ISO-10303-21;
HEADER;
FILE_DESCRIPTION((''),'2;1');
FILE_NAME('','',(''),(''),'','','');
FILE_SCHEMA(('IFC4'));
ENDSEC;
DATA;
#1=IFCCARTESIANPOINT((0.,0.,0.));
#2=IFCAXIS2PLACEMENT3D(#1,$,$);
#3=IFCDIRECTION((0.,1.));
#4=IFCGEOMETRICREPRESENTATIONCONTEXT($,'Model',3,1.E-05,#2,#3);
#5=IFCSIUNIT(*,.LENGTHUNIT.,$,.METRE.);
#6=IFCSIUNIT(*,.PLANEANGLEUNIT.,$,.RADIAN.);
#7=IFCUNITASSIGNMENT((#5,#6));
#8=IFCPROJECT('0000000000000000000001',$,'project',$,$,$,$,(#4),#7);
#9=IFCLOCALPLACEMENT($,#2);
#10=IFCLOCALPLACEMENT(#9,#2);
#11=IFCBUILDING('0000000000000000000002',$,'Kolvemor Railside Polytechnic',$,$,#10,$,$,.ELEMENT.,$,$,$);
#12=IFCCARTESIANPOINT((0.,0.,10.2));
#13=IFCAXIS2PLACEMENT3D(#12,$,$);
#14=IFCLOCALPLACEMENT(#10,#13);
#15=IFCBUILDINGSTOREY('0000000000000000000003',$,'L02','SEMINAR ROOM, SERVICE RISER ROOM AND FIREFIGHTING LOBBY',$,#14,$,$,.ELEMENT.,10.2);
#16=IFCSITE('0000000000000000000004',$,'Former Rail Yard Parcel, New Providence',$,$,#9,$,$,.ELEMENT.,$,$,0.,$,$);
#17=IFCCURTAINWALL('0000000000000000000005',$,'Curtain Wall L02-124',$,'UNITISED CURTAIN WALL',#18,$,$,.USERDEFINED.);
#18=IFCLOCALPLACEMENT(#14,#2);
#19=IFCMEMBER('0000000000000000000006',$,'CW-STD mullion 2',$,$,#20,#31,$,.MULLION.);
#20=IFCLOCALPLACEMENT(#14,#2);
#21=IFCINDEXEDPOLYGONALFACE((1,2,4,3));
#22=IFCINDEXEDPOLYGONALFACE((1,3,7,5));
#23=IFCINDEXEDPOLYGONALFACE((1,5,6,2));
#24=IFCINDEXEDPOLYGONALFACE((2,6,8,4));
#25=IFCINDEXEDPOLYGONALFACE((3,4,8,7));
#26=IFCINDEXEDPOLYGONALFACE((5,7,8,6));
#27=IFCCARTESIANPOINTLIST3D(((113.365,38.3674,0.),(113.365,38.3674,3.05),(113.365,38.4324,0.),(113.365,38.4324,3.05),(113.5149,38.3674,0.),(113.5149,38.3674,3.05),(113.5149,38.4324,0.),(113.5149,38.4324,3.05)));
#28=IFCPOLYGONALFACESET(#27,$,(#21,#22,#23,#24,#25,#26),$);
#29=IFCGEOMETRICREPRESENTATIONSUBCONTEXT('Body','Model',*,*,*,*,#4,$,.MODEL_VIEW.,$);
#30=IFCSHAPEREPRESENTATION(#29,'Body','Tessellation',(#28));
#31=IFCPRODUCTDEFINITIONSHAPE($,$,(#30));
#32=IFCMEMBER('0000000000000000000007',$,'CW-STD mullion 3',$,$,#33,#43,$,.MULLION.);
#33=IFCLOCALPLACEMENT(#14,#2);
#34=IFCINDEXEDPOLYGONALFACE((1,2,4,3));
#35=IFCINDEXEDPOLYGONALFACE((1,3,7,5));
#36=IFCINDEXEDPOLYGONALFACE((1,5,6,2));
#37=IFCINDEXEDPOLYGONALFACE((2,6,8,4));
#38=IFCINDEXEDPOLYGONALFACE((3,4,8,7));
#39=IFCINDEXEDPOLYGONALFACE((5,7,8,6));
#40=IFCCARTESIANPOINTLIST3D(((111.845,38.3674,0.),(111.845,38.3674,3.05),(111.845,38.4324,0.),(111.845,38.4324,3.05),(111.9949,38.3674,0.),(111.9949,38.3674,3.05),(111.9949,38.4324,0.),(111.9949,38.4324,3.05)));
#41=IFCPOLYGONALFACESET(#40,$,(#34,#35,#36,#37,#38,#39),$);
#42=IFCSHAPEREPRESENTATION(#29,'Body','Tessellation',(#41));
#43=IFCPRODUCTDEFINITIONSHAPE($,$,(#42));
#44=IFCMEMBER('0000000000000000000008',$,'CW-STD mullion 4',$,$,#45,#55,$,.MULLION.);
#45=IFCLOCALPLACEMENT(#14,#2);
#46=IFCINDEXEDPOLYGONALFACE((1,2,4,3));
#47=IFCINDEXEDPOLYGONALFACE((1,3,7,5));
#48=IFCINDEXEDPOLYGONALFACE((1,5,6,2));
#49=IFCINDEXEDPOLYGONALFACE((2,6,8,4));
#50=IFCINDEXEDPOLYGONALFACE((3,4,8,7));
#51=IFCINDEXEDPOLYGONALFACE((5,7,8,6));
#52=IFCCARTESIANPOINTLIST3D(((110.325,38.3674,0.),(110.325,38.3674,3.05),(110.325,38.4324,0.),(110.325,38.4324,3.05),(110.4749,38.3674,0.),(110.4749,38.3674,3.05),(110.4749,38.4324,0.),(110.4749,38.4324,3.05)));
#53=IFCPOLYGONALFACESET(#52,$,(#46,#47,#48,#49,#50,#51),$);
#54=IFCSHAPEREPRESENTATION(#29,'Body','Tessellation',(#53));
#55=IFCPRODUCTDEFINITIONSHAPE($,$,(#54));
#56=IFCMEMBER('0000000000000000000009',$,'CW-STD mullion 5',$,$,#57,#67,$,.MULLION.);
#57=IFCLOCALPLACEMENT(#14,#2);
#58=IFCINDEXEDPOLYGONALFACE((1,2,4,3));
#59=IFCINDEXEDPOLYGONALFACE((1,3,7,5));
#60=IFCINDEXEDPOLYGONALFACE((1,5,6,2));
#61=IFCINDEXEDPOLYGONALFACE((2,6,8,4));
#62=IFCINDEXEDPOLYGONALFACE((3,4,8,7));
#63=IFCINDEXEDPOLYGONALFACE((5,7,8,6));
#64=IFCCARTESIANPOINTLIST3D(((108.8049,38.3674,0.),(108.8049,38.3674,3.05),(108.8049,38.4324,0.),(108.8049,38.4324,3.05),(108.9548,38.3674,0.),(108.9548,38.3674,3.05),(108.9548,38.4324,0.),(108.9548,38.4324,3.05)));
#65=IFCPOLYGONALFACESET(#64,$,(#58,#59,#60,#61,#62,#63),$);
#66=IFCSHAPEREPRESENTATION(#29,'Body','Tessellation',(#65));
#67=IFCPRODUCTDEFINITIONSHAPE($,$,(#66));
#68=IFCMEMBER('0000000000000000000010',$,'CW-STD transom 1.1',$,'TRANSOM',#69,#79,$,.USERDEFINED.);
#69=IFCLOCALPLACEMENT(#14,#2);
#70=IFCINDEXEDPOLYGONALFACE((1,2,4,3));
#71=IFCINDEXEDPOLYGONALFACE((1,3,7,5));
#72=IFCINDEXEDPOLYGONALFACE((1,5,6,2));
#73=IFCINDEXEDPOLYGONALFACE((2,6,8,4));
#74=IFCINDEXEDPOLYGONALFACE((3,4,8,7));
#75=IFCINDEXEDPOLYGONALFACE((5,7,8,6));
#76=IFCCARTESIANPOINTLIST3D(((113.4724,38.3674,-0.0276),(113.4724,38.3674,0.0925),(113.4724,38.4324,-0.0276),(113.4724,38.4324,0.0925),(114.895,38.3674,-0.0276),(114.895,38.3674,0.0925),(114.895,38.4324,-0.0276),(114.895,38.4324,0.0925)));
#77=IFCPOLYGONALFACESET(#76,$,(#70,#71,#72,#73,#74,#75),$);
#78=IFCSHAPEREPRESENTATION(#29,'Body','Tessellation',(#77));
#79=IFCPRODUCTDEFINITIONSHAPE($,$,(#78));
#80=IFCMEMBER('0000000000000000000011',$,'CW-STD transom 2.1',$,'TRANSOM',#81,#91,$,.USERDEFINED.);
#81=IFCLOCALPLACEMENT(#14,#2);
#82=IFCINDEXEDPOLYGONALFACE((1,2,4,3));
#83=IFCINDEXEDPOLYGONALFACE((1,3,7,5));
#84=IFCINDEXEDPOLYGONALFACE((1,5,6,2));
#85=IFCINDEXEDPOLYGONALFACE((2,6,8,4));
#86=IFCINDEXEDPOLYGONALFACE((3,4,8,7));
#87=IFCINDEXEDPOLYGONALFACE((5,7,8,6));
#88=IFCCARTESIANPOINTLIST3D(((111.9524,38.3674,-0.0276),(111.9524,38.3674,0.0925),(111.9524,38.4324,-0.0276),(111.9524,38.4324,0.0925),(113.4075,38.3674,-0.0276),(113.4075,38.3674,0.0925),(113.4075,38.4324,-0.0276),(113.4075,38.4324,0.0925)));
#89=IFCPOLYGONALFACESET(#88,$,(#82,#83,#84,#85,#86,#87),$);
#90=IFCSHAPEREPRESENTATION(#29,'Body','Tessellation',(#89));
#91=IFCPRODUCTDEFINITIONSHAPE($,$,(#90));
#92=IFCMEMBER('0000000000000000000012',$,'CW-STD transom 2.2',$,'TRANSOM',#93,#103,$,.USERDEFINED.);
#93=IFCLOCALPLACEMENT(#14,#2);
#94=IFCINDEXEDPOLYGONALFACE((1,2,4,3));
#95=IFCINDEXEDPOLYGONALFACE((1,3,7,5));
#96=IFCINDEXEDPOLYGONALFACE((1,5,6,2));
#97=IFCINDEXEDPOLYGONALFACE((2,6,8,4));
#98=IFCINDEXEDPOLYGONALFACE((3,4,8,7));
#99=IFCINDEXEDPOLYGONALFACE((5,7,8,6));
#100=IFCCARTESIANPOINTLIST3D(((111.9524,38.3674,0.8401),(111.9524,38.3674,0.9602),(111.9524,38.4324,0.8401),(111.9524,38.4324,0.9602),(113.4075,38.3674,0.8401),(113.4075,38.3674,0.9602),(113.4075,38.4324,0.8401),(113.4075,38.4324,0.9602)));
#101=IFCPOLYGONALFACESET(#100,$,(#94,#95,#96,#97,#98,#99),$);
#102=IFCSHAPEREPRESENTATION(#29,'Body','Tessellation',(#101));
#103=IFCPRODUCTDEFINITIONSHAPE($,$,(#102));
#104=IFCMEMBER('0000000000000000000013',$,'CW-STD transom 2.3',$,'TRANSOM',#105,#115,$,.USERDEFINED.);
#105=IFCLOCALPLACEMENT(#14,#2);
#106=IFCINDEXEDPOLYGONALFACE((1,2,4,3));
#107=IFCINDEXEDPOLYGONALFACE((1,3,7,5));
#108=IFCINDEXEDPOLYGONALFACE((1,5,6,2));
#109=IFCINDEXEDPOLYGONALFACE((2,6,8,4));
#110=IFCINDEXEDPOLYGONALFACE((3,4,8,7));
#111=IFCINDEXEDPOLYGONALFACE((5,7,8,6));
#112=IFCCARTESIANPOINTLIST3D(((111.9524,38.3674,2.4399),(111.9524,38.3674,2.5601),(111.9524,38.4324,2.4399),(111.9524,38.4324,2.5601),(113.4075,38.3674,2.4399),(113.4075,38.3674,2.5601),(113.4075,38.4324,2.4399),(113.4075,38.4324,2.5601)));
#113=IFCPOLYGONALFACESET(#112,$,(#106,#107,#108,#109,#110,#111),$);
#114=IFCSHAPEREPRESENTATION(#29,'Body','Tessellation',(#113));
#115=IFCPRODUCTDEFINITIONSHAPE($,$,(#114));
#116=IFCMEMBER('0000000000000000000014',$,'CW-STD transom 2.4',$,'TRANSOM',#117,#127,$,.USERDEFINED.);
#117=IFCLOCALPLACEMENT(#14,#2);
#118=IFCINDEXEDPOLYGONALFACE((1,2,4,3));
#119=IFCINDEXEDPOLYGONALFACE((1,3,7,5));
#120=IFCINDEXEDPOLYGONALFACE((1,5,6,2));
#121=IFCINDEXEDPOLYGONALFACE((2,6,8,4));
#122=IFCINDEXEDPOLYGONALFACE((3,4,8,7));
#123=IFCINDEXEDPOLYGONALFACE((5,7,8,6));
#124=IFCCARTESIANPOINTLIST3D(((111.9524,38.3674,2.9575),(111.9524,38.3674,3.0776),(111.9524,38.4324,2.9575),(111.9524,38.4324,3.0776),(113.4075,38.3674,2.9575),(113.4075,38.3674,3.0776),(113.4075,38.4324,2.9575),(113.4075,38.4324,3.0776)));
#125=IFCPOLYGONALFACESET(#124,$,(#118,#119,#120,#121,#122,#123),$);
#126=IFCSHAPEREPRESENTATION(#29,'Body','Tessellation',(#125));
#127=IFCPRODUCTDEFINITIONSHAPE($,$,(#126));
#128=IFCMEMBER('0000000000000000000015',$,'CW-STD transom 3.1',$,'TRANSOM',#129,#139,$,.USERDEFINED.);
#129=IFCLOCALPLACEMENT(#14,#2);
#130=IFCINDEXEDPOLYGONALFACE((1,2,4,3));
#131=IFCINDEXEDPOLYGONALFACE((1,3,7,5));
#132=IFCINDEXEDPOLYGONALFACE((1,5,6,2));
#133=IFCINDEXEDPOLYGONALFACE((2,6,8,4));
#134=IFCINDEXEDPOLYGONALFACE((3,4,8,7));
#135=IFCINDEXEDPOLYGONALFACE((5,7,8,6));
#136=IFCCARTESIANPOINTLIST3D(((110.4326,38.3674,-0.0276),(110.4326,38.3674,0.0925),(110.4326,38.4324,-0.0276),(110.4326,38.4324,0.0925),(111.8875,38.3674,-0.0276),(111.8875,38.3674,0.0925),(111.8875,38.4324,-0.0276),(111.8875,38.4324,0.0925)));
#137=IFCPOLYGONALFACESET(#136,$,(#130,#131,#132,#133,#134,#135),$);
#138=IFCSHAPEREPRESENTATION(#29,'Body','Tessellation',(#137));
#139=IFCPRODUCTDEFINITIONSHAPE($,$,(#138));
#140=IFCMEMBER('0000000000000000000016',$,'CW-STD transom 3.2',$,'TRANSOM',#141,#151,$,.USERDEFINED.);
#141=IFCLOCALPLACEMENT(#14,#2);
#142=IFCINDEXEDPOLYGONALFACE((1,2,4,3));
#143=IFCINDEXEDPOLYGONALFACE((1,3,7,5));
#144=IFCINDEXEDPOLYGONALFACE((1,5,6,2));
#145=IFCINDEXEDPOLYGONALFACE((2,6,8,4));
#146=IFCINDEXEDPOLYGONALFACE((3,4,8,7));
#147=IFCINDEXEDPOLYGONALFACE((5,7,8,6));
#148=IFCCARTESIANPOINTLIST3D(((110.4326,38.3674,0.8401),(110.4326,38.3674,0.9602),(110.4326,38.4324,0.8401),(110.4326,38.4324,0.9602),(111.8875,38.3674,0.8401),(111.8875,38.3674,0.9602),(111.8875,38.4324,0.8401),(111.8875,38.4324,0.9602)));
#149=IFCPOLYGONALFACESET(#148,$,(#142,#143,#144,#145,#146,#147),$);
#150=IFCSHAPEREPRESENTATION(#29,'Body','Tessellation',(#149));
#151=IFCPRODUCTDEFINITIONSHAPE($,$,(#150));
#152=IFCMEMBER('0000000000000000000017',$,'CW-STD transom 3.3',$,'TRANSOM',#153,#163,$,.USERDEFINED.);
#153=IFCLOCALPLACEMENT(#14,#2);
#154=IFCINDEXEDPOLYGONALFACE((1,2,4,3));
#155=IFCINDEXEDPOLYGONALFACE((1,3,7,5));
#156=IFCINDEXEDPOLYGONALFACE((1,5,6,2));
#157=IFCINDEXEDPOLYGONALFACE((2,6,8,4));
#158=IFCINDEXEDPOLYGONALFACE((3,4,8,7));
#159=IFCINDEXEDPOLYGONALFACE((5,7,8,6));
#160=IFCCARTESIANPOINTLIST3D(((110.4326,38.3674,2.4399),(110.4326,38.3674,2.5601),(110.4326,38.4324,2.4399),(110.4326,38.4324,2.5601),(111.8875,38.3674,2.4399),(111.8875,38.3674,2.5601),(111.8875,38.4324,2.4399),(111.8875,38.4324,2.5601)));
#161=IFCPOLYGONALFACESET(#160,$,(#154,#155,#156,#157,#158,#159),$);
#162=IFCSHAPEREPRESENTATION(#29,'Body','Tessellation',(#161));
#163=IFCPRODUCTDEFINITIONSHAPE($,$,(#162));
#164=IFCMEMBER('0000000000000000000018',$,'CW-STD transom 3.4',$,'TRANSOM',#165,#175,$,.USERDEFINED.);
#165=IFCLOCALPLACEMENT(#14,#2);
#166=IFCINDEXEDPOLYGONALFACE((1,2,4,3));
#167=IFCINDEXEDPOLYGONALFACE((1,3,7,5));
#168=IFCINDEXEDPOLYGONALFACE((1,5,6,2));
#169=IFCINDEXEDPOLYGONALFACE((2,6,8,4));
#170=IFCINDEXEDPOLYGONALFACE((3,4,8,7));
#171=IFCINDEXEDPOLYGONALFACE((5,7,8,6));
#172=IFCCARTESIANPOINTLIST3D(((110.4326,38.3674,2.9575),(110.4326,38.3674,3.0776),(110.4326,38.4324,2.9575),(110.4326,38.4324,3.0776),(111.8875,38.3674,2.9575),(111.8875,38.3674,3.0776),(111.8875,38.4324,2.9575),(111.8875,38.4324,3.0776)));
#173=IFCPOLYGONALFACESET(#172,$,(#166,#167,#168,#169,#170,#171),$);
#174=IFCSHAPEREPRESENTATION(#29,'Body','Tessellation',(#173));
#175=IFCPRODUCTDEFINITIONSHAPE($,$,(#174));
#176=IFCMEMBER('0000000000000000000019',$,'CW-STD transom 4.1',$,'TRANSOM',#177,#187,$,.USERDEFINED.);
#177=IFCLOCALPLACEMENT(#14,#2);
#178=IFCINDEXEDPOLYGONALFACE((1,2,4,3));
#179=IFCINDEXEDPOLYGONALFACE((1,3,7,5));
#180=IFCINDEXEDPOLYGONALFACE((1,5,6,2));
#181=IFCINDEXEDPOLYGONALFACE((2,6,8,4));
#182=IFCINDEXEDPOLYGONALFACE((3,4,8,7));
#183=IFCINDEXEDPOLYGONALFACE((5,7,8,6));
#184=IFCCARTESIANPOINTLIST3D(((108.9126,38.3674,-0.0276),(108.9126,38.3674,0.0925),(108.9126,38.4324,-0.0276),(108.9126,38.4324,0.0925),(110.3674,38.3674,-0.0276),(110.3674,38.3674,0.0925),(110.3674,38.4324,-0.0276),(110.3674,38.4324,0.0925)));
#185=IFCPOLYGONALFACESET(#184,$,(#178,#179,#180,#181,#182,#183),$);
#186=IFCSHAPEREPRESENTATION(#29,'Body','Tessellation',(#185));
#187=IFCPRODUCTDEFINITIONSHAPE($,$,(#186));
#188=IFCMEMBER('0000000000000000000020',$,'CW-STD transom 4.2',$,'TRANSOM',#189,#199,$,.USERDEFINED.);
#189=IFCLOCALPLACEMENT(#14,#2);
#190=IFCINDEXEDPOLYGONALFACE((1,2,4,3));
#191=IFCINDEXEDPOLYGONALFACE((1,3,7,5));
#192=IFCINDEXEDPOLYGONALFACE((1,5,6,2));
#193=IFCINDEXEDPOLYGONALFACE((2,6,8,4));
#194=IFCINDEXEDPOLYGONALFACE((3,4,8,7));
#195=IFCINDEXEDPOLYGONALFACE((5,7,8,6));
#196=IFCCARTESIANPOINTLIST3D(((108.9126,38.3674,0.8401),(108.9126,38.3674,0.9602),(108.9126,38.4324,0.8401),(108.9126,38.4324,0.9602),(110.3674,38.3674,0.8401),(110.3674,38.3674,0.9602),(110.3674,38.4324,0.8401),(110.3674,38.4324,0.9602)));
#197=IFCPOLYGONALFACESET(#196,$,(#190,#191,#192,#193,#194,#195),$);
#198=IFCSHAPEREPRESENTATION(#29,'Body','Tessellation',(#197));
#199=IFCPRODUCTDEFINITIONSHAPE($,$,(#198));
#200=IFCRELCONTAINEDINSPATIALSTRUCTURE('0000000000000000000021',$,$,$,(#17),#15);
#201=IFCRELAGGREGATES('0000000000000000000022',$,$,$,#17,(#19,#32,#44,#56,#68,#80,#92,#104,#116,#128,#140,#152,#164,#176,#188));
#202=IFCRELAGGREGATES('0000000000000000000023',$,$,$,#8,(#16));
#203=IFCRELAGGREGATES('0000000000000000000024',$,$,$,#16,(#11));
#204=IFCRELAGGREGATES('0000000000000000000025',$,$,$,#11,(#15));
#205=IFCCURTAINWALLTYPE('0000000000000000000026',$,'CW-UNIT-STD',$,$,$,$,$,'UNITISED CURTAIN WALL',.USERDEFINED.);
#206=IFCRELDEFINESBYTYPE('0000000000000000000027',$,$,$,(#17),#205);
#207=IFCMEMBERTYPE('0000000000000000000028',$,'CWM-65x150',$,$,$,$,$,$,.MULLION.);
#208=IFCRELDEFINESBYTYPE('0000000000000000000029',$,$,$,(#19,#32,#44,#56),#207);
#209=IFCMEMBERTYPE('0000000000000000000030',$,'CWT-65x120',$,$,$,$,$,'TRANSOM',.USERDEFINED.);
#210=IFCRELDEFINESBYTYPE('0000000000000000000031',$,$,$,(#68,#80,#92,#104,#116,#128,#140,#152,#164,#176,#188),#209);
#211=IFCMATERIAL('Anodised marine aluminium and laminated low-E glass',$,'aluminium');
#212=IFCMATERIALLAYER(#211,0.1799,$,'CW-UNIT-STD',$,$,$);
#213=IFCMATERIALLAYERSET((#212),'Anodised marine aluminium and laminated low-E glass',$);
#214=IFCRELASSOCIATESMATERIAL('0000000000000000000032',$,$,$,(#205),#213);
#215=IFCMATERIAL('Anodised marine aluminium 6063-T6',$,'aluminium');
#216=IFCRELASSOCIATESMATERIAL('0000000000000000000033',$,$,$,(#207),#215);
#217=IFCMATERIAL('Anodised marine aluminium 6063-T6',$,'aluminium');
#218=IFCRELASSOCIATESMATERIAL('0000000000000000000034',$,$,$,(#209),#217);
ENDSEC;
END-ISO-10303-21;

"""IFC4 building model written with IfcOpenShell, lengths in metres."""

from ifc_helpers import new_model, si_unit, direction, frame, origin, origin_2d, place, context, subcontext, project, spatial, rectangle, extrude, material, layer, layer_set, material_profile, profile_set, type_object, element, aggregate, save


model = new_model("IFC4")

# Units and contexts
model_context = context("Model", 3, precision=1e-05, world=origin(), true_north=direction((0.0, 1.0)))
body_context = subcontext(model_context, "Body", "Model", "MODEL_VIEW")
ifc_project = project(units=[si_unit("LENGTHUNIT", "METRE"), si_unit("PLANEANGLEUNIT", "RADIAN")], contexts=[model_context])

# Site, building, storey
site_placement = place(None, origin())
site = spatial("IfcSite", under=ifc_project, at=site_placement, Name="Former Rail Yard Parcel, New Providence", CompositionType="ELEMENT", RefElevation=0.0)
building_placement = place(site_placement, origin())
building = spatial("IfcBuilding", under=site, at=building_placement, Name="Kolvemor Railside Polytechnic", CompositionType="ELEMENT")
storey_placement = place(building_placement, frame((0.0, 0.0, 10.2)))
storey = spatial("IfcBuildingStorey", under=building, at=storey_placement, Name="L02", Description="SEMINAR ROOM, SERVICE RISER ROOM AND FIREFIGHTING LOBBY", CompositionType="ELEMENT", Elevation=10.2)

# Curtain wall, members
ifc_material_1 = material(Name="Anodised marine aluminium and laminated low-E glass", Category="aluminium")
ifc_layer_1 = layer(ifc_material_1, 0.1799, Name="CW-UNIT-STD")
ifc_layer_set_1 = layer_set([ifc_layer_1], Name="Anodised marine aluminium and laminated low-E glass")
curtain_wall_type = type_object("IfcCurtainWallType", Name="CW-UNIT-STD", ElementType="UNITISED CURTAIN WALL", PredefinedType="USERDEFINED", material=ifc_layer_set_1)
curtain_wall_placement = place(storey_placement, origin())
curtain_wall = element("IfcCurtainWall", 1, at=curtain_wall_placement, inside=storey, type_object=curtain_wall_type, Name="Curtain Wall L02-124", ObjectType="UNITISED CURTAIN WALL", PredefinedType="USERDEFINED")
ifc_material_2 = material(Name="Anodised marine aluminium 6063-T6", Category="aluminium")
ifc_material_profile_1 = material_profile(ifc_material_2, rectangle(XDim=0.0649, YDim=0.1499, at=origin_2d()), Name="CW-MUL-65x150")
ifc_profile_set_1 = profile_set([ifc_material_profile_1], Name="Anodised marine aluminium 6063-T6")
member_type_1 = type_object("IfcMemberType", Name="CWM-65x150", PredefinedType="MULLION", material=ifc_profile_set_1)
member_1_placement = place(storey_placement, frame((113.4399, 38.3999, 0.0), z_axis=(0.0, 0.0, 1.0), x_axis=(0.0, -1.0, 0.0)))
member_1 = element("IfcMember", 2, at=member_1_placement, type_object=member_type_1, Name="CW-STD mullion 2", PredefinedType="MULLION", context=body_context, shape_type="SweptSolid", body=[
    extrude(rectangle(XDim=0.0649, YDim=0.1499, at=origin_2d()), origin(), (0.0, 0.0, 1.0), 3.05),
])
member_2_placement = place(storey_placement, frame((111.9199, 38.3999, 0.0), z_axis=(0.0, 0.0, 1.0), x_axis=(0.0, -1.0, 0.0)))
member_2 = element("IfcMember", 3, at=member_2_placement, type_object=member_type_1, Name="CW-STD mullion 3", PredefinedType="MULLION", context=body_context, shape_type="SweptSolid", body=[
    extrude(rectangle(XDim=0.0649, YDim=0.1499, at=origin_2d()), origin(), (0.0, 0.0, 1.0), 3.05),
])
member_3_placement = place(storey_placement, frame((110.3999, 38.3999, 0.0), z_axis=(0.0, 0.0, 1.0), x_axis=(0.0, -1.0, 0.0)))
member_3 = element("IfcMember", 4, at=member_3_placement, type_object=member_type_1, Name="CW-STD mullion 4", PredefinedType="MULLION", context=body_context, shape_type="SweptSolid", body=[
    extrude(rectangle(XDim=0.0649, YDim=0.1499, at=origin_2d()), origin(), (0.0, 0.0, 1.0), 3.05),
])
member_4_placement = place(storey_placement, frame((108.8799, 38.3999, 0.0), z_axis=(0.0, 0.0, 1.0), x_axis=(0.0, -1.0, 0.0)))
member_4 = element("IfcMember", 5, at=member_4_placement, type_object=member_type_1, Name="CW-STD mullion 5", PredefinedType="MULLION", context=body_context, shape_type="SweptSolid", body=[
    extrude(rectangle(XDim=0.0649, YDim=0.1499, at=origin_2d()), origin(), (0.0, 0.0, 1.0), 3.05),
])
ifc_material_3 = material(Name="Anodised marine aluminium 6063-T6", Category="aluminium")
ifc_material_profile_2 = material_profile(ifc_material_3, rectangle(XDim=0.0649, YDim=0.1201, at=origin_2d()), Name="CW-TRN-65x120")
ifc_profile_set_2 = profile_set([ifc_material_profile_2], Name="Anodised marine aluminium 6063-T6")
member_type_2 = type_object("IfcMemberType", Name="CWT-65x120", ElementType="TRANSOM", PredefinedType="USERDEFINED", material=ifc_profile_set_2)
member_5_placement = place(storey_placement, frame((114.895, 38.3999, 0.0325), z_axis=(-1.0, 0.0, 0.0), x_axis=(0.0, -1.0, 0.0)))
member_5 = element("IfcMember", 6, at=member_5_placement, type_object=member_type_2, Name="CW-STD transom 1.1", ObjectType="TRANSOM", PredefinedType="USERDEFINED", context=body_context, shape_type="SweptSolid", body=[
    extrude(rectangle(XDim=0.0649, YDim=0.1201, at=origin_2d()), origin(), (0.0, 0.0, 1.0), 1.4226),
])
member_6_placement = place(storey_placement, frame((113.4075, 38.3999, 0.0325), z_axis=(-1.0, 0.0, 0.0), x_axis=(0.0, -1.0, 0.0)))
member_6 = element("IfcMember", 7, at=member_6_placement, type_object=member_type_2, Name="CW-STD transom 2.1", ObjectType="TRANSOM", PredefinedType="USERDEFINED", context=body_context, shape_type="SweptSolid", body=[
    extrude(rectangle(XDim=0.0649, YDim=0.1201, at=origin_2d()), origin(), (0.0, 0.0, 1.0), 1.4551),
])
member_7_placement = place(storey_placement, frame((113.4075, 38.3999, 0.9001), z_axis=(-1.0, 0.0, 0.0), x_axis=(0.0, -1.0, 0.0)))
member_7 = element("IfcMember", 8, at=member_7_placement, type_object=member_type_2, Name="CW-STD transom 2.2", ObjectType="TRANSOM", PredefinedType="USERDEFINED", context=body_context, shape_type="SweptSolid", body=[
    extrude(rectangle(XDim=0.0649, YDim=0.1201, at=origin_2d()), origin(), (0.0, 0.0, 1.0), 1.4551),
])
member_8_placement = place(storey_placement, frame((113.4075, 38.3999, 2.5), z_axis=(-1.0, 0.0, 0.0), x_axis=(0.0, -1.0, 0.0)))
member_8 = element("IfcMember", 9, at=member_8_placement, type_object=member_type_2, Name="CW-STD transom 2.3", ObjectType="TRANSOM", PredefinedType="USERDEFINED", context=body_context, shape_type="SweptSolid", body=[
    extrude(rectangle(XDim=0.0649, YDim=0.1201, at=origin_2d()), origin(), (0.0, 0.0, 1.0), 1.4551),
])
member_9_placement = place(storey_placement, frame((113.4075, 38.3999, 3.0176), z_axis=(-1.0, 0.0, 0.0), x_axis=(0.0, -1.0, 0.0)))
member_9 = element("IfcMember", 10, at=member_9_placement, type_object=member_type_2, Name="CW-STD transom 2.4", ObjectType="TRANSOM", PredefinedType="USERDEFINED", context=body_context, shape_type="SweptSolid", body=[
    extrude(rectangle(XDim=0.0649, YDim=0.1201, at=origin_2d()), origin(), (0.0, 0.0, 1.0), 1.4551),
])
member_10_placement = place(storey_placement, frame((111.8875, 38.3999, 0.0325), z_axis=(-1.0, 0.0, 0.0), x_axis=(0.0, -1.0, 0.0)))
member_10 = element("IfcMember", 11, at=member_10_placement, type_object=member_type_2, Name="CW-STD transom 3.1", ObjectType="TRANSOM", PredefinedType="USERDEFINED", context=body_context, shape_type="SweptSolid", body=[
    extrude(rectangle(XDim=0.0649, YDim=0.1201, at=origin_2d()), origin(), (0.0, 0.0, 1.0), 1.4548),
])
member_11_placement = place(storey_placement, frame((111.8875, 38.3999, 0.9001), z_axis=(-1.0, 0.0, 0.0), x_axis=(0.0, -1.0, 0.0)))
member_11 = element("IfcMember", 12, at=member_11_placement, type_object=member_type_2, Name="CW-STD transom 3.2", ObjectType="TRANSOM", PredefinedType="USERDEFINED", context=body_context, shape_type="SweptSolid", body=[
    extrude(rectangle(XDim=0.0649, YDim=0.1201, at=origin_2d()), origin(), (0.0, 0.0, 1.0), 1.4548),
])
member_12_placement = place(storey_placement, frame((111.8875, 38.3999, 2.5), z_axis=(-1.0, 0.0, 0.0), x_axis=(0.0, -1.0, 0.0)))
member_12 = element("IfcMember", 13, at=member_12_placement, type_object=member_type_2, Name="CW-STD transom 3.3", ObjectType="TRANSOM", PredefinedType="USERDEFINED", context=body_context, shape_type="SweptSolid", body=[
    extrude(rectangle(XDim=0.0649, YDim=0.1201, at=origin_2d()), origin(), (0.0, 0.0, 1.0), 1.4548),
])
member_13_placement = place(storey_placement, frame((111.8875, 38.3999, 3.0176), z_axis=(-1.0, 0.0, 0.0), x_axis=(0.0, -1.0, 0.0)))
member_13 = element("IfcMember", 14, at=member_13_placement, type_object=member_type_2, Name="CW-STD transom 3.4", ObjectType="TRANSOM", PredefinedType="USERDEFINED", context=body_context, shape_type="SweptSolid", body=[
    extrude(rectangle(XDim=0.0649, YDim=0.1201, at=origin_2d()), origin(), (0.0, 0.0, 1.0), 1.4548),
])
member_14_placement = place(storey_placement, frame((110.3674, 38.3999, 0.0325), z_axis=(-1.0, 0.0, 0.0), x_axis=(0.0, -1.0, 0.0)))
member_14 = element("IfcMember", 15, at=member_14_placement, type_object=member_type_2, Name="CW-STD transom 4.1", ObjectType="TRANSOM", PredefinedType="USERDEFINED", context=body_context, shape_type="SweptSolid", body=[
    extrude(rectangle(XDim=0.0649, YDim=0.1201, at=origin_2d()), origin(), (0.0, 0.0, 1.0), 1.4548),
])
member_15_placement = place(storey_placement, frame((110.3674, 38.3999, 0.9001), z_axis=(-1.0, 0.0, 0.0), x_axis=(0.0, -1.0, 0.0)))
member_15 = element("IfcMember", 16, at=member_15_placement, type_object=member_type_2, Name="CW-STD transom 4.2", ObjectType="TRANSOM", PredefinedType="USERDEFINED", context=body_context, shape_type="SweptSolid", body=[
    extrude(rectangle(XDim=0.0649, YDim=0.1201, at=origin_2d()), origin(), (0.0, 0.0, 1.0), 1.4548),
])
aggregate(curtain_wall, [member_1, member_2, member_3, member_4, member_5, member_6, member_7, member_8, member_9, member_10, member_11, member_12, member_13, member_14, member_15])

save(model, "model.ifc")
